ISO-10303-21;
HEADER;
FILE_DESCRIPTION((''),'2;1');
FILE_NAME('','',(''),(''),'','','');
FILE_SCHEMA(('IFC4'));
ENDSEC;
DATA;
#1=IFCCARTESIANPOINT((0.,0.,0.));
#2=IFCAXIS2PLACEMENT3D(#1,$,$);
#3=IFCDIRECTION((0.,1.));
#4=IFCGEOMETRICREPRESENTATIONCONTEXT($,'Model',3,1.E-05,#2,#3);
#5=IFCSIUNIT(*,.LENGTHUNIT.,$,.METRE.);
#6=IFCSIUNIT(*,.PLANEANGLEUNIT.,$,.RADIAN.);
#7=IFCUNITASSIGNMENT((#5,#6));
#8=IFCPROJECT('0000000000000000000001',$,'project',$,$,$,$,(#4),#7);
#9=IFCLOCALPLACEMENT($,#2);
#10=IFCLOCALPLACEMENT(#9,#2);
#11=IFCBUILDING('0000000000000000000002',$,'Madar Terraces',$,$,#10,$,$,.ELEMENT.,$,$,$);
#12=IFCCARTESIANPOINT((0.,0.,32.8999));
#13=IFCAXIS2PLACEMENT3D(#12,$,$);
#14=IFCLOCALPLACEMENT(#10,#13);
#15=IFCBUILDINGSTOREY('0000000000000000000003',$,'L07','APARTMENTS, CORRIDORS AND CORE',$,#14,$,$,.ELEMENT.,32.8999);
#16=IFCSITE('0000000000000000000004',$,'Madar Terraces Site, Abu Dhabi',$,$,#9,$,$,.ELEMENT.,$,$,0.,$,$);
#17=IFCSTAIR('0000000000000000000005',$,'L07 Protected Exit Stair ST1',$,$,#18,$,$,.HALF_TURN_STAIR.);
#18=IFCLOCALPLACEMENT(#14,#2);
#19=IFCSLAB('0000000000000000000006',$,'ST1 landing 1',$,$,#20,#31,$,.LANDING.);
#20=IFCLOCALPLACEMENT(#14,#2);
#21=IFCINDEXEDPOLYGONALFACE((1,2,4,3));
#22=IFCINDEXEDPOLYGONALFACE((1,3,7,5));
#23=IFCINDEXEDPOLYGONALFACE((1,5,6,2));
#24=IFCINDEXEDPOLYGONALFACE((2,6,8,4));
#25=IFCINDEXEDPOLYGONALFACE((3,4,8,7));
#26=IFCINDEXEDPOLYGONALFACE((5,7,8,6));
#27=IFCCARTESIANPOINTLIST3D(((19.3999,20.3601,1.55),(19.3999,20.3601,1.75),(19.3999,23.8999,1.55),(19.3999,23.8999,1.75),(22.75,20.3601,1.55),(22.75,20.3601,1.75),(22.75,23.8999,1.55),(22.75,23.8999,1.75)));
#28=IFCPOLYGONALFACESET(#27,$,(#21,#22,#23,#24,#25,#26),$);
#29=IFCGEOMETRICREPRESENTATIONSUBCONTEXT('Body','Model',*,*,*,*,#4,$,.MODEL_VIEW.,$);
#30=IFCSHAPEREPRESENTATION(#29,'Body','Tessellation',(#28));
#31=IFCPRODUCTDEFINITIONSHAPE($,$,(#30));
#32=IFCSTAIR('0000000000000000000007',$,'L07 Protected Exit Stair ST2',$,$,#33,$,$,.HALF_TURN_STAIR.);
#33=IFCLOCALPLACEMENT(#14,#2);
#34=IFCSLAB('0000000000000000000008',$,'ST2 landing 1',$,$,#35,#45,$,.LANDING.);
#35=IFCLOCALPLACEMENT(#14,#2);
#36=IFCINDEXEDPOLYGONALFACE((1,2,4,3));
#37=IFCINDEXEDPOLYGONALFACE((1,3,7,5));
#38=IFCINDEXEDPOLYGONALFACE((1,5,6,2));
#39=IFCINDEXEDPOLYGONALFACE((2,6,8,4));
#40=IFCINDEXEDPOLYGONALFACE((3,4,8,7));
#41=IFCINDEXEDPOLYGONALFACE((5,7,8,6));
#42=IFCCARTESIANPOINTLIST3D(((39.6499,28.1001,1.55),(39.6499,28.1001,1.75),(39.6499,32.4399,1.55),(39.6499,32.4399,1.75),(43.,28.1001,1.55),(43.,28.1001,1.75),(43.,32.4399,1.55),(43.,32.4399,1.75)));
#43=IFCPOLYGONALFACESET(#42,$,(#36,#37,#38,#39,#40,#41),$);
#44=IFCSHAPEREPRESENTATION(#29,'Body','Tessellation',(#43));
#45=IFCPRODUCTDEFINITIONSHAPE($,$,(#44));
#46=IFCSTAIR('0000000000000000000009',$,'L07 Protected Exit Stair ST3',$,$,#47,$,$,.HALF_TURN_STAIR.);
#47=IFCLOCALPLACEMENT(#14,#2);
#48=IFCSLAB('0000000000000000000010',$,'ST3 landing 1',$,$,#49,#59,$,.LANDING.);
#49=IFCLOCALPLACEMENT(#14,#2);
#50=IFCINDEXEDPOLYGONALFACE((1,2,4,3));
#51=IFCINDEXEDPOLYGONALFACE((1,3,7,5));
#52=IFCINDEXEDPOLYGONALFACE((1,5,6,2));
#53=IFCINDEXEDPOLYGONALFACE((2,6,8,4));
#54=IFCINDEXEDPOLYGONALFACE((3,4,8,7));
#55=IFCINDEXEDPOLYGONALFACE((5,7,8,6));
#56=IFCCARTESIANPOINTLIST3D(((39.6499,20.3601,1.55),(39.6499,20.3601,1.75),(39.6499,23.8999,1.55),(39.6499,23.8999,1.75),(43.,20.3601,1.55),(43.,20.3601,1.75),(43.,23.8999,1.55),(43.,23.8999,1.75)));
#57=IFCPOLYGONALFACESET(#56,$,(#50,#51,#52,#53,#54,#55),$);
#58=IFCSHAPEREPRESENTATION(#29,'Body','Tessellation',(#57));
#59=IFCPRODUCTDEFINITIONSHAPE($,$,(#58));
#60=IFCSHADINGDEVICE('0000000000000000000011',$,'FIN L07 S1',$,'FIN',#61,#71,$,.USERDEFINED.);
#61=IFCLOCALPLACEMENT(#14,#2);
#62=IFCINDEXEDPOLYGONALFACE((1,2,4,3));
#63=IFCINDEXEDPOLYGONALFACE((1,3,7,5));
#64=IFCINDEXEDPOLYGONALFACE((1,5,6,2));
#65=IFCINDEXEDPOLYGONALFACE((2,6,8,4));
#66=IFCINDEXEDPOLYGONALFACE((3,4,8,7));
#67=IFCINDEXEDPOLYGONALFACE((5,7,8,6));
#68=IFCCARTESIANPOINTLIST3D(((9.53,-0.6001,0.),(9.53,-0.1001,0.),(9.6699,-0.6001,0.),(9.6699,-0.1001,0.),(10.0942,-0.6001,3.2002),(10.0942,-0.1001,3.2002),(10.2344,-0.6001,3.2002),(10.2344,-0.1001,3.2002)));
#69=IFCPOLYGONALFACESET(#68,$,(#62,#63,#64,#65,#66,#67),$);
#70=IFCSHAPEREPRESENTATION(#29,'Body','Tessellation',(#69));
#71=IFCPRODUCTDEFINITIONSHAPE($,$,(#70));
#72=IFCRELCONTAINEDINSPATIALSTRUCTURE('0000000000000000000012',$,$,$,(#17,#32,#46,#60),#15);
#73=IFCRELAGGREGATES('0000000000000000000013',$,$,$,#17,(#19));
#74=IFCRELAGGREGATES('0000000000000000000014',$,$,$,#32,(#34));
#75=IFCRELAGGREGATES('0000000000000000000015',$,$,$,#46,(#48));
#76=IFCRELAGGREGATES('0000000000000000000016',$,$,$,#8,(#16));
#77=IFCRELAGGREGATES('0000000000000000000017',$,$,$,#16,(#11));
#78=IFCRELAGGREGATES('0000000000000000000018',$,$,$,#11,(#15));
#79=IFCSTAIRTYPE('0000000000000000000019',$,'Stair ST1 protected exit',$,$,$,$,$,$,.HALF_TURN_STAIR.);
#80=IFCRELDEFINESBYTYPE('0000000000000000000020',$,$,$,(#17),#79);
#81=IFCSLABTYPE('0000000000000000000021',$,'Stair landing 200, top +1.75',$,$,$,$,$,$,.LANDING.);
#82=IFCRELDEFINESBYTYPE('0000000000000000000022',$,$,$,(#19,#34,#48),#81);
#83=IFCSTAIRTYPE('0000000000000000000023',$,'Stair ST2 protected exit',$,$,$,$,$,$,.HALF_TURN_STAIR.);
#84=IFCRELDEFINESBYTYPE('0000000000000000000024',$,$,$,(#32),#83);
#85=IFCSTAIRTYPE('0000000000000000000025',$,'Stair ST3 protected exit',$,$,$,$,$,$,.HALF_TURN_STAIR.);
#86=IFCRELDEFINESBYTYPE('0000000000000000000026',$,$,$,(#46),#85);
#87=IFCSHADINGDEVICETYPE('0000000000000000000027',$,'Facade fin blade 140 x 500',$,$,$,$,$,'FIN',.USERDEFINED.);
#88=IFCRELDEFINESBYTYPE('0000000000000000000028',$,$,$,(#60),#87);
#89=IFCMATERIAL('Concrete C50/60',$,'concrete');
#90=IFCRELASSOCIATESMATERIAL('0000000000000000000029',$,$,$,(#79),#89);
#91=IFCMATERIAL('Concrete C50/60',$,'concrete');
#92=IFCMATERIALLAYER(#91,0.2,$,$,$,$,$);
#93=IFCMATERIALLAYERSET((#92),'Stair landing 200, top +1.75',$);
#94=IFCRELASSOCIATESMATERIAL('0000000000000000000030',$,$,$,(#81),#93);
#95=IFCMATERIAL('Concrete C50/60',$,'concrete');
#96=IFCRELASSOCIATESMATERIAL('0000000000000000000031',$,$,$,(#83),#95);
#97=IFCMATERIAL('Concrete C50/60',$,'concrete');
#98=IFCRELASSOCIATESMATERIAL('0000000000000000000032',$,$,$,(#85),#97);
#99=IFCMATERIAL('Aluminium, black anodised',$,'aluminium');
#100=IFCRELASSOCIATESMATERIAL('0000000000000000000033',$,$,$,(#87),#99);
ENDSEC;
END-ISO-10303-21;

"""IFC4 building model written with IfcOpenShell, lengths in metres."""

from ifc_helpers import new_model, si_unit, direction, frame, origin, place, context, subcontext, project, spatial, polyline, outline, extrude, material, layer, layer_set, type_object, element, aggregate, save


model = new_model("IFC4")

# Units and contexts
model_context = context("Model", 3, precision=1e-05, world=origin(), true_north=direction((0.0, 1.0)))
body_context = subcontext(model_context, "Body", "Model", "MODEL_VIEW")
ifc_project = project(units=[si_unit("LENGTHUNIT", "METRE"), si_unit("PLANEANGLEUNIT", "RADIAN")], contexts=[model_context])

# Site, building, storey
site_placement = place(None, origin())
site = spatial("IfcSite", under=ifc_project, at=site_placement, Name="Madar Terraces Site, Abu Dhabi", CompositionType="ELEMENT", RefElevation=0.0)
building_placement = place(site_placement, origin())
building = spatial("IfcBuilding", under=site, at=building_placement, Name="Madar Terraces", CompositionType="ELEMENT")
storey_placement = place(building_placement, frame((0.0, 0.0, 32.8999)))
storey = spatial("IfcBuildingStorey", under=building, at=storey_placement, Name="L07", Description="APARTMENTS, CORRIDORS AND CORE", CompositionType="ELEMENT", Elevation=32.8999)

# Stairs, slabs
ifc_material_1 = material(Name="Concrete C50/60", Category="concrete")
stair_type_1 = type_object("IfcStairType", Name="Stair ST1 protected exit", PredefinedType="HALF_TURN_STAIR", material=ifc_material_1)
stair_1_placement = place(storey_placement, origin())
stair_1 = element("IfcStair", 1, at=stair_1_placement, inside=storey, type_object=stair_type_1, Name="L07 Protected Exit Stair ST1", PredefinedType="HALF_TURN_STAIR")
ifc_material_2 = material(Name="Concrete C50/60", Category="concrete")
ifc_layer_1 = layer(ifc_material_2, 0.2)
ifc_layer_set_1 = layer_set([ifc_layer_1], Name="Stair landing 200, top +1.75")
slab_type_1 = type_object("IfcSlabType", Name="Stair landing 200, top +1.75", PredefinedType="LANDING", material=ifc_layer_set_1)
slab_1_placement = place(storey_placement, frame((0.0, 0.0, 1.55)))
slab_1 = element("IfcSlab", 2, at=slab_1_placement, type_object=slab_type_1, Name="ST1 landing 1", PredefinedType="LANDING", context=body_context, shape_type="SweptSolid", body=[
    extrude(outline(polyline([(19.3999, 20.3601), (22.75, 20.3601), (22.75, 23.8999), (19.3999, 23.8999), (19.3999, 20.3601)])), origin(), (0.0, 0.0, 1.0), 0.2),
])
aggregate(stair_1, [slab_1])
ifc_material_3 = material(Name="Concrete C50/60", Category="concrete")
stair_type_2 = type_object("IfcStairType", Name="Stair ST2 protected exit", PredefinedType="HALF_TURN_STAIR", material=ifc_material_3)
stair_2_placement = place(storey_placement, origin())
stair_2 = element("IfcStair", 3, at=stair_2_placement, inside=storey, type_object=stair_type_2, Name="L07 Protected Exit Stair ST2", PredefinedType="HALF_TURN_STAIR")
slab_2_placement = place(storey_placement, frame((0.0, 0.0, 1.55)))
slab_2 = element("IfcSlab", 4, at=slab_2_placement, type_object=slab_type_1, Name="ST2 landing 1", PredefinedType="LANDING", context=body_context, shape_type="SweptSolid", body=[
    extrude(outline(polyline([(39.6499, 28.1001), (43.0, 28.1001), (43.0, 32.4399), (39.6499, 32.4399), (39.6499, 28.1001)])), origin(), (0.0, 0.0, 1.0), 0.2),
])
aggregate(stair_2, [slab_2])
ifc_material_4 = material(Name="Concrete C50/60", Category="concrete")
stair_type_3 = type_object("IfcStairType", Name="Stair ST3 protected exit", PredefinedType="HALF_TURN_STAIR", material=ifc_material_4)
stair_3_placement = place(storey_placement, origin())
stair_3 = element("IfcStair", 5, at=stair_3_placement, inside=storey, type_object=stair_type_3, Name="L07 Protected Exit Stair ST3", PredefinedType="HALF_TURN_STAIR")
slab_3_placement = place(storey_placement, frame((0.0, 0.0, 1.55)))
slab_3 = element("IfcSlab", 6, at=slab_3_placement, type_object=slab_type_1, Name="ST3 landing 1", PredefinedType="LANDING", context=body_context, shape_type="SweptSolid", body=[
    extrude(outline(polyline([(39.6499, 20.3601), (43.0, 20.3601), (43.0, 23.8999), (39.6499, 23.8999), (39.6499, 20.3601)])), origin(), (0.0, 0.0, 1.0), 0.2),
])
aggregate(stair_3, [slab_3])

# Shading device
ifc_material_5 = material(Name="Aluminium, black anodised", Category="aluminium")
shading_device_type = type_object("IfcShadingDeviceType", Name="Facade fin blade 140 x 500", ElementType="FIN", PredefinedType="USERDEFINED", material=ifc_material_5)
shading_device_placement = place(storey_placement, frame((9.53, -0.3501, 0.0), z_axis=(0.0, 0.0, 1.0), x_axis=(1.0, 0.0, 0.0)))
element("IfcShadingDevice", 7, at=shading_device_placement, inside=storey, type_object=shading_device_type, Name="FIN L07 S1", ObjectType="FIN", PredefinedType="USERDEFINED", context=body_context, shape_type="SweptSolid", body=[
    extrude(outline(polyline([(0.0, 0.0), (0.1399, 0.0), (0.7043, 3.2002), (0.5642, 3.2002), (0.0, 0.0)])), frame((0.0, 0.25, 0.0), z_axis=(0.0, -1.0, 0.0), x_axis=(1.0, 0.0, 0.0)), (0.0, 0.0, 1.0), 0.5),
])

save(model, "model.ifc")
